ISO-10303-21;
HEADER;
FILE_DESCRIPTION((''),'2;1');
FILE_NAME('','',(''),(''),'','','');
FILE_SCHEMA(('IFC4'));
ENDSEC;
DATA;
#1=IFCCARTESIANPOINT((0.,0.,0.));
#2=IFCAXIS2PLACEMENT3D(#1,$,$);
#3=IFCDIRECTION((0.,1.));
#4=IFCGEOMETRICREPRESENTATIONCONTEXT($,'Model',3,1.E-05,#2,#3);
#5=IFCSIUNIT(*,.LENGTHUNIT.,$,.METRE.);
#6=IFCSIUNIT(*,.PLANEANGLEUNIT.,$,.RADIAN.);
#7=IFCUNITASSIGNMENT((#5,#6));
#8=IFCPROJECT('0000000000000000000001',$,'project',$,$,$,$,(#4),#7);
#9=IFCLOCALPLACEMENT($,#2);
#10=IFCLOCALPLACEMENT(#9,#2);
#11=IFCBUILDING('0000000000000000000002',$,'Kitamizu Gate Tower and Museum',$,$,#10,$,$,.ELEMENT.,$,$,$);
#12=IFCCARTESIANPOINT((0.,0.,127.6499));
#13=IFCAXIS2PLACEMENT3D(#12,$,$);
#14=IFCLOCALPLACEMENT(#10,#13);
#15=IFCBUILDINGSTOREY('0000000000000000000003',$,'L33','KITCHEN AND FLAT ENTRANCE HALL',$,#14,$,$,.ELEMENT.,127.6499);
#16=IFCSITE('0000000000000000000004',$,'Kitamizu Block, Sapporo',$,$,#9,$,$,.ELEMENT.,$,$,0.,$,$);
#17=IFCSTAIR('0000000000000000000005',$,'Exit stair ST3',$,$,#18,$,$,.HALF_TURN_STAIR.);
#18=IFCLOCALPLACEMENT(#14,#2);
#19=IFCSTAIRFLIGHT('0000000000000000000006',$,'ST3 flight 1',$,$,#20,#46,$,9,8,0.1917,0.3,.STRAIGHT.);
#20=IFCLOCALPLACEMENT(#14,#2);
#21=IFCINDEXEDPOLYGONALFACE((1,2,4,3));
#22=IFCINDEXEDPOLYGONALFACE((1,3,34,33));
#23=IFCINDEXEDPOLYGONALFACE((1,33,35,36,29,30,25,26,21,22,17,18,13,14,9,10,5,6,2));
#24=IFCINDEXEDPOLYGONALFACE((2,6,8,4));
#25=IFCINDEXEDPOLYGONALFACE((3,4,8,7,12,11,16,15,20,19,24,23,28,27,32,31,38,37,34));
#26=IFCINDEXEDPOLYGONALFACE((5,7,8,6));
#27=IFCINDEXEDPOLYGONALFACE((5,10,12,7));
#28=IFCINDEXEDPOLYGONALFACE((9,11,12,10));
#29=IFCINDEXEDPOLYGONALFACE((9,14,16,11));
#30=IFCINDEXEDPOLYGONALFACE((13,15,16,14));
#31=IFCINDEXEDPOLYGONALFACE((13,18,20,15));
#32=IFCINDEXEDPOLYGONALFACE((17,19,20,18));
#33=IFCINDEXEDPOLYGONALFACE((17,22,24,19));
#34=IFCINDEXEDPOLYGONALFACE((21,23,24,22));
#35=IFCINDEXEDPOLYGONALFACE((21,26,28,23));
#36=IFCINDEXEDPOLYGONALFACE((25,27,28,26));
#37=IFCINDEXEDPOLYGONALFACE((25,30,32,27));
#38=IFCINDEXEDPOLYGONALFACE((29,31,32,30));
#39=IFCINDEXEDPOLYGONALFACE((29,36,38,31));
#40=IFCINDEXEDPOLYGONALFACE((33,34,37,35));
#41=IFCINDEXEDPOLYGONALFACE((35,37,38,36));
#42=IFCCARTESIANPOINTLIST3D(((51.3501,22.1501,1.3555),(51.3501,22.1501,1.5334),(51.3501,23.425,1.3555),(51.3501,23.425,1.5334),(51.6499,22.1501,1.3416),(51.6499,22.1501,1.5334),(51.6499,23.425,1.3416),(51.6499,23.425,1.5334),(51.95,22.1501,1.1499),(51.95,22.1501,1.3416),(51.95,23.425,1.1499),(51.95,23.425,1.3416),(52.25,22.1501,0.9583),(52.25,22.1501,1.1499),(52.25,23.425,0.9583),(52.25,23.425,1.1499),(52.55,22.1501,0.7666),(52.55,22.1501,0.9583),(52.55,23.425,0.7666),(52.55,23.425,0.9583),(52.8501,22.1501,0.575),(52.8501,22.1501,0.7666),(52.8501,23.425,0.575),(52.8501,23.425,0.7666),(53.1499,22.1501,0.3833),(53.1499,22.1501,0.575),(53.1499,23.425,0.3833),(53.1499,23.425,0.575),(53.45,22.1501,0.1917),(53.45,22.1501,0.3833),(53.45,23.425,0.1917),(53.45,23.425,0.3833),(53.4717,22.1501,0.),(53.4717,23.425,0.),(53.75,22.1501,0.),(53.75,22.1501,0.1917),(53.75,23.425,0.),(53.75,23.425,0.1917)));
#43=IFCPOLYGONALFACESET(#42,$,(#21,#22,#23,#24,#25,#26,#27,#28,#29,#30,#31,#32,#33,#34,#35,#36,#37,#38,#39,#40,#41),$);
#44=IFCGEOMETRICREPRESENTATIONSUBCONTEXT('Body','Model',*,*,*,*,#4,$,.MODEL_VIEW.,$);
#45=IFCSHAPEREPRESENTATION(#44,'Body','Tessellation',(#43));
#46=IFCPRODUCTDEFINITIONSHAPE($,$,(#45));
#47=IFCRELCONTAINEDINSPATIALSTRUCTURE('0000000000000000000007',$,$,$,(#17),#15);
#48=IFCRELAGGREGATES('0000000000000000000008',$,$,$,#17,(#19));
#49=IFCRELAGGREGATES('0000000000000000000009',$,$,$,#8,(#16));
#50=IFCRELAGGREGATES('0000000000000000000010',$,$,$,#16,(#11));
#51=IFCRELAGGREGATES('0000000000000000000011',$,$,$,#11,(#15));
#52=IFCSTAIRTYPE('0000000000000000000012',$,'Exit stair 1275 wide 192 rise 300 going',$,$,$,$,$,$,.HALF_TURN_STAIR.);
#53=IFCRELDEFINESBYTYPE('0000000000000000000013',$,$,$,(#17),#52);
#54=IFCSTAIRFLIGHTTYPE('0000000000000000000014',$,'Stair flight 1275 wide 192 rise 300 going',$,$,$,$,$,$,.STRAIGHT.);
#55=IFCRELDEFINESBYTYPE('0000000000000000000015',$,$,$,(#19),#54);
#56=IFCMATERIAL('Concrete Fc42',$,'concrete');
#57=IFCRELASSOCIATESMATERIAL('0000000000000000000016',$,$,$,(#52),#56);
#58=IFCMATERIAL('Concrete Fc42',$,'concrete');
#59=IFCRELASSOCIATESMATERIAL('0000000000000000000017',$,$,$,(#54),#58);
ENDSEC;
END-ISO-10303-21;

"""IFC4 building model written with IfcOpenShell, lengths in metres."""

from ifc_helpers import new_model, si_unit, direction, frame, origin, place, context, subcontext, project, spatial, polyline, outline, extrude, material, type_object, element, aggregate, save


model = new_model("IFC4")

# Units and contexts
model_context = context("Model", 3, precision=1e-05, world=origin(), true_north=direction((0.0, 1.0)))
body_context = subcontext(model_context, "Body", "Model", "MODEL_VIEW")
ifc_project = project(units=[si_unit("LENGTHUNIT", "METRE"), si_unit("PLANEANGLEUNIT", "RADIAN")], contexts=[model_context])

# Site, building, storey
site_placement = place(None, origin())
site = spatial("IfcSite", under=ifc_project, at=site_placement, Name="Kitamizu Block, Sapporo", CompositionType="ELEMENT", RefElevation=0.0)
building_placement = place(site_placement, origin())
building = spatial("IfcBuilding", under=site, at=building_placement, Name="Kitamizu Gate Tower and Museum", CompositionType="ELEMENT")
storey_placement = place(building_placement, frame((0.0, 0.0, 127.6499)))
storey = spatial("IfcBuildingStorey", under=building, at=storey_placement, Name="L33", Description="KITCHEN AND FLAT ENTRANCE HALL", CompositionType="ELEMENT", Elevation=127.6499)

# Stair, stair flight
ifc_material_1 = material(Name="Concrete Fc42", Category="concrete")
stair_type = type_object("IfcStairType", Name="Exit stair 1275 wide 192 rise 300 going", PredefinedType="HALF_TURN_STAIR", material=ifc_material_1)
stair_placement = place(storey_placement, origin())
stair = element("IfcStair", 1, at=stair_placement, inside=storey, type_object=stair_type, Name="Exit stair ST3", PredefinedType="HALF_TURN_STAIR")
ifc_material_2 = material(Name="Concrete Fc42", Category="concrete")
stair_flight_type = type_object("IfcStairFlightType", Name="Stair flight 1275 wide 192 rise 300 going", PredefinedType="STRAIGHT", material=ifc_material_2)
stair_flight_placement = place(storey_placement, frame((53.75, 22.7876, 0.0), z_axis=(0.0, 0.0, 1.0), x_axis=(-1.0, 0.0, 0.0)))
stair_flight = element("IfcStairFlight", 2, at=stair_flight_placement, type_object=stair_flight_type, Name="ST3 flight 1", NumberOfRisers=9, NumberOfTreads=8, PredefinedType="STRAIGHT", RiserHeight=0.1917, TreadLength=0.3, context=body_context, shape_type="SweptSolid", body=[
    extrude(outline(polyline([(0.0, 0.0), (0.0, 0.1917), (0.3, 0.1917), (0.3, 0.3833), (0.6001, 0.3833), (0.6001, 0.575), (0.8999, 0.575), (0.8999, 0.7666), (1.2, 0.7666), (1.2, 0.9583), (1.5, 0.9583), (1.5, 1.1499), (1.8, 1.1499), (1.8, 1.3416), (2.1001, 1.3416), (2.1001, 1.5334), (2.3999, 1.5334), (2.3999, 1.7251), (2.3999, 1.3555), (0.2783, 0.0), (0.0, 0.0)])), frame((0.0, 0.6375, 0.0), z_axis=(0.0, -1.0, 0.0), x_axis=(1.0, 0.0, 0.0)), (0.0, 0.0, 1.0), 1.2749),
])
aggregate(stair, [stair_flight])

save(model, "model.ifc")
